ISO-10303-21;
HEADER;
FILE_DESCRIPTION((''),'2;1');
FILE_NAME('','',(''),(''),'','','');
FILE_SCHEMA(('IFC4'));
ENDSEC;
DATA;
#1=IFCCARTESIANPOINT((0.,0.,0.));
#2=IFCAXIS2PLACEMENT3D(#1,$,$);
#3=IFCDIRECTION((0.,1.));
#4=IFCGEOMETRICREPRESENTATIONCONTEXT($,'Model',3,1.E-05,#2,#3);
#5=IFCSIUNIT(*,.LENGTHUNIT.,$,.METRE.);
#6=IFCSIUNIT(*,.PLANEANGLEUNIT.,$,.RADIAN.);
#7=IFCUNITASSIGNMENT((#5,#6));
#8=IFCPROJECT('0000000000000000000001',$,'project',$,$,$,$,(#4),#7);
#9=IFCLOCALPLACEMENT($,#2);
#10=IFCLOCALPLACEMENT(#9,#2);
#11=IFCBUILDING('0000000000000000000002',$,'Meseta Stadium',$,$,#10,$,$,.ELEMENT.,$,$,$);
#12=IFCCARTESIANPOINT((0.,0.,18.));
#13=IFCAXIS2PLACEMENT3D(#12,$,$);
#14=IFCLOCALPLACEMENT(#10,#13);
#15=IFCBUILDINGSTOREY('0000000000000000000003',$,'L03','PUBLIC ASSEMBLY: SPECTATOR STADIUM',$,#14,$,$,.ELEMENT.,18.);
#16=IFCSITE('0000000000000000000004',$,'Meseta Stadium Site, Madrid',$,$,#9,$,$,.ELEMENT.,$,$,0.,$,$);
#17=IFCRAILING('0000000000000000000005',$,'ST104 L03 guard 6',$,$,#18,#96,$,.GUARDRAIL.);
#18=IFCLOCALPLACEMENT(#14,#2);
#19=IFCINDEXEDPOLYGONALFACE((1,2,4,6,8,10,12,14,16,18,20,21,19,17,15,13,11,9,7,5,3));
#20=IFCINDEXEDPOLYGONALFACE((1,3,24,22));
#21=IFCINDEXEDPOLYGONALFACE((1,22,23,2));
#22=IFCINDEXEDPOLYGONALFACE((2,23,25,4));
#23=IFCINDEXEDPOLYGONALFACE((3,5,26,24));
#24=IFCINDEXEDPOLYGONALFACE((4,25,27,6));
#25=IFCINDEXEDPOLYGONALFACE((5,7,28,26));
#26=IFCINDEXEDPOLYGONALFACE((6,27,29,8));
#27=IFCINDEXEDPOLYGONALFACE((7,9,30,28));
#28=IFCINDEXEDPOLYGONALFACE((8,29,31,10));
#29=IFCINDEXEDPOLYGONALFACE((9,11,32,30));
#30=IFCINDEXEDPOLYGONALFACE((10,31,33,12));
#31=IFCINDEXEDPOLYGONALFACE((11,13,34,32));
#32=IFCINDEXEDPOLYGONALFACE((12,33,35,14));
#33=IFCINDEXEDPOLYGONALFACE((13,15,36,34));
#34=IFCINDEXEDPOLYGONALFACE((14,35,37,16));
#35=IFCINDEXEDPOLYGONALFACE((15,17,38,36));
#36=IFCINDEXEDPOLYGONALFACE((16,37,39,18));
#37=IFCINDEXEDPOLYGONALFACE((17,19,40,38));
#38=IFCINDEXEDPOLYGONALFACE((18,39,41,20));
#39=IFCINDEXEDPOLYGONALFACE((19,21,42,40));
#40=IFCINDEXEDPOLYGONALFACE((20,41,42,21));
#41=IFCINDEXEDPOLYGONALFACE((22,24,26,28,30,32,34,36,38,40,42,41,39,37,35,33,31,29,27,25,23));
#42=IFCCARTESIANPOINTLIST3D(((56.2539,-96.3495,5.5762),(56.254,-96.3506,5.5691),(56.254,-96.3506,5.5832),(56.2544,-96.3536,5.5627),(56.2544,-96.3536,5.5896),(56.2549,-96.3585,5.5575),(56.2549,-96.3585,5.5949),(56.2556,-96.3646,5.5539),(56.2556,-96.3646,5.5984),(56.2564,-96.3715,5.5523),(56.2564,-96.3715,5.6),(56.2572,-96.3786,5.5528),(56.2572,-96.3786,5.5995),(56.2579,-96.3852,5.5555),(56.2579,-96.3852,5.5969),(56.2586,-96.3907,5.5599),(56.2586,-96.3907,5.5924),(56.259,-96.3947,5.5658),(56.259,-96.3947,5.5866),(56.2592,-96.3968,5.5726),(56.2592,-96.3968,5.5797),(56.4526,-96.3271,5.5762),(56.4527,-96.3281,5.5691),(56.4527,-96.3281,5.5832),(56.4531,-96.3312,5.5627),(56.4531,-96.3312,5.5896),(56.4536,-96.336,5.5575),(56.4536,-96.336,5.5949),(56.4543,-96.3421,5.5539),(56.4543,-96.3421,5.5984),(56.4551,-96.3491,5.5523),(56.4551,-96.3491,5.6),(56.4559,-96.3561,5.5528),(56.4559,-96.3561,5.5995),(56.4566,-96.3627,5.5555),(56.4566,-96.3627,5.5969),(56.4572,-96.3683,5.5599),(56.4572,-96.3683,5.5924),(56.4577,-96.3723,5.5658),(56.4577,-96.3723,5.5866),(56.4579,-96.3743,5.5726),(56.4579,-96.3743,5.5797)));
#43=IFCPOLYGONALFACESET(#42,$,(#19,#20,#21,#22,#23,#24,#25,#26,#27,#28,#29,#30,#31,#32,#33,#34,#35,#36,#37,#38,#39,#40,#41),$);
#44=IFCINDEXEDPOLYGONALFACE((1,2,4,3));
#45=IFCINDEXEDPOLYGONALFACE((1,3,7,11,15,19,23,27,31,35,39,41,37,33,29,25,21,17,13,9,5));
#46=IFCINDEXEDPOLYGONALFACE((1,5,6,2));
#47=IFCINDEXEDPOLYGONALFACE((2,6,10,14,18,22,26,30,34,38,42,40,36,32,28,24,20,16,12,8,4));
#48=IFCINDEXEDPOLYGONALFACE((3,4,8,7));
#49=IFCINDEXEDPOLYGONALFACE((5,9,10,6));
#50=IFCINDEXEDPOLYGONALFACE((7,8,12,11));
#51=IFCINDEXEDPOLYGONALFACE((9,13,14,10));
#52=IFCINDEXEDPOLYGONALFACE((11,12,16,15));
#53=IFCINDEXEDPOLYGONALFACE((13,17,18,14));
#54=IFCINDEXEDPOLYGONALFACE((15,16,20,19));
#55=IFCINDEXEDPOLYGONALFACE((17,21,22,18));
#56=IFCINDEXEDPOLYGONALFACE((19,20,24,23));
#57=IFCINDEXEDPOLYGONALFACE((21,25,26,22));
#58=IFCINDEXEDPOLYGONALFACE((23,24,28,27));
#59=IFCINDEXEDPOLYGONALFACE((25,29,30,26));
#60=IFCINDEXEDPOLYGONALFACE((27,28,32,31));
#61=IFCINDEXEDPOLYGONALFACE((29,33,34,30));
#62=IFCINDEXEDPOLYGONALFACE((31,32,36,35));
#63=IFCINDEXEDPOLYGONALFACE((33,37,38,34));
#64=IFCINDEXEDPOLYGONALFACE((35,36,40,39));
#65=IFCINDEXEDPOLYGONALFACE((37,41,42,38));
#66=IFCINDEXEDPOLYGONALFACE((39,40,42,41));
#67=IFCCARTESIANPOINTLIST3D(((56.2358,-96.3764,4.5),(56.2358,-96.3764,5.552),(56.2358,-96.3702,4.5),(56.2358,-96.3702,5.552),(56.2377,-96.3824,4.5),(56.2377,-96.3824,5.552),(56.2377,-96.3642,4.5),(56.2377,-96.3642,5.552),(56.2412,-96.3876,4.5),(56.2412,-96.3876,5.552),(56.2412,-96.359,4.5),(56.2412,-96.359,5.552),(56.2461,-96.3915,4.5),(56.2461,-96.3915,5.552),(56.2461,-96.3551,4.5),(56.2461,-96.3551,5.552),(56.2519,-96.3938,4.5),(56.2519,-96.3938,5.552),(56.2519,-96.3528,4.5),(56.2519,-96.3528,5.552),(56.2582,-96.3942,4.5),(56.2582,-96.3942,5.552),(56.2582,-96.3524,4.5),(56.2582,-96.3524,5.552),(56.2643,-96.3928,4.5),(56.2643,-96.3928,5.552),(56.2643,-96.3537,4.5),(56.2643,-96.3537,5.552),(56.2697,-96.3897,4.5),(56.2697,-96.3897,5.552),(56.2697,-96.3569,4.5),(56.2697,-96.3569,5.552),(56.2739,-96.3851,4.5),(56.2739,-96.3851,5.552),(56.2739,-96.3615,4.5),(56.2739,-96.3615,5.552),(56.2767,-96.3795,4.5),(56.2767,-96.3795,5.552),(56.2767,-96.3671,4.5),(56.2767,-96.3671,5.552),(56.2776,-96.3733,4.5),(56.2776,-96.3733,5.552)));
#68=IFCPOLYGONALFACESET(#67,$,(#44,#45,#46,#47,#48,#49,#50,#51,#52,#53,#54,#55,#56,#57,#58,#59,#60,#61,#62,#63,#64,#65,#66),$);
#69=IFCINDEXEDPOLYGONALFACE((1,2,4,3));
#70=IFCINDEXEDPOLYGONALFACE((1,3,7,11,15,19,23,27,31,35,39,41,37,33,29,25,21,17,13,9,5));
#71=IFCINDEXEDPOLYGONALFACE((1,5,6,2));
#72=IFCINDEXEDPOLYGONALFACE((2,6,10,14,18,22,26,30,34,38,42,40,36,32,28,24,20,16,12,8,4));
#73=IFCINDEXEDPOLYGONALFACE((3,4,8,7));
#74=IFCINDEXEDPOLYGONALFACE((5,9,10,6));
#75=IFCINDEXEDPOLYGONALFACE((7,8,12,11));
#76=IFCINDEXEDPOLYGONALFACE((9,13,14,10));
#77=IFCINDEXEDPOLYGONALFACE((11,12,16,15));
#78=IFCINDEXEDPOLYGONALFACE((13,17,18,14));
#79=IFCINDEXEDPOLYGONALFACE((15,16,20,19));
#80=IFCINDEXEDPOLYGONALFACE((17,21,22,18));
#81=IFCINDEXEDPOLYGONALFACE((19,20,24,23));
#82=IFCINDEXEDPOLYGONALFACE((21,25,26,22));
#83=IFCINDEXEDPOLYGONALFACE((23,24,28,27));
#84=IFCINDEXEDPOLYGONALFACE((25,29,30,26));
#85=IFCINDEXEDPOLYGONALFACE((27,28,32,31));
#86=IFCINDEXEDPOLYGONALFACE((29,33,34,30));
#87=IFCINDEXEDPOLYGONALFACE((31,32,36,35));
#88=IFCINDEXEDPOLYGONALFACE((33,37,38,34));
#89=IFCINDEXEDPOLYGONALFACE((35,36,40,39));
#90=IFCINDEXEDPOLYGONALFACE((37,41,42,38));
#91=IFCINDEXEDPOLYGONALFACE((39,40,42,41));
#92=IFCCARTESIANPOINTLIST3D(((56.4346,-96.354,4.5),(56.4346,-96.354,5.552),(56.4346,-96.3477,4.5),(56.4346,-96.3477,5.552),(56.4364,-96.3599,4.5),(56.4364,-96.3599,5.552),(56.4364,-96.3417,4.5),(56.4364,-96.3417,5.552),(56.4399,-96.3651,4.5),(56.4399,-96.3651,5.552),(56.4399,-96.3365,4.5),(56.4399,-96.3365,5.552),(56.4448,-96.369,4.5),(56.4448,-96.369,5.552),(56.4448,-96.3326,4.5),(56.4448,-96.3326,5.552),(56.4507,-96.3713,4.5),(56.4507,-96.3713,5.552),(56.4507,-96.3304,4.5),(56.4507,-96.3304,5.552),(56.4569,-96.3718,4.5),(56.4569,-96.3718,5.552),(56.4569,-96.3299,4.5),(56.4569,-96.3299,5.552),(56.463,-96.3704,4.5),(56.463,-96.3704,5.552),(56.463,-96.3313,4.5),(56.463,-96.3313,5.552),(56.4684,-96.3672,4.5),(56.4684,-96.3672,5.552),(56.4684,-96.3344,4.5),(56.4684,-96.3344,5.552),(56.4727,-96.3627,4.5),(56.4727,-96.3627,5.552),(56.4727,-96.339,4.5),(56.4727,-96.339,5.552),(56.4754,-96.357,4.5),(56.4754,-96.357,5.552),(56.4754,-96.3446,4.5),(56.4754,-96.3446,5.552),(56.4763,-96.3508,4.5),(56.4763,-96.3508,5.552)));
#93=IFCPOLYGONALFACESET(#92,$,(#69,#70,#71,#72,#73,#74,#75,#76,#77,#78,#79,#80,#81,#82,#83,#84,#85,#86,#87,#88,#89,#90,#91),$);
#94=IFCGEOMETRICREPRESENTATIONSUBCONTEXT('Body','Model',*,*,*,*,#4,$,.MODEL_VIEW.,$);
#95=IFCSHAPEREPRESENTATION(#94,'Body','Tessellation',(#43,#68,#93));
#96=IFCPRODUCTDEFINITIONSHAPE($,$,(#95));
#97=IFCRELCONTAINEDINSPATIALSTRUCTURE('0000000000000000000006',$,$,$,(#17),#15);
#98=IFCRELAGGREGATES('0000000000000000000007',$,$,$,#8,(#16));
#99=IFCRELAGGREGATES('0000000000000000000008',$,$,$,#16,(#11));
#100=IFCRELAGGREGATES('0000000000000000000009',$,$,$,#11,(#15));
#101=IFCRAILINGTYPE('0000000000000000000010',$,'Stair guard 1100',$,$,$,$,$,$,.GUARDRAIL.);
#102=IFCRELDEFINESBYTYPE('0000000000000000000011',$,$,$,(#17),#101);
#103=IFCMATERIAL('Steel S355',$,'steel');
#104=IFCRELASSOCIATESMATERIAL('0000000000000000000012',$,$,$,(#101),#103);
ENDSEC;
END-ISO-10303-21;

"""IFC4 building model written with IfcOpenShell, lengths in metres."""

from ifc_helpers import new_model, si_unit, direction, frame, origin, origin_2d, place, context, subcontext, project, spatial, circle, extrude, material, type_object, element, save


model = new_model("IFC4")

# Units and contexts
model_context = context("Model", 3, precision=1e-05, world=origin(), true_north=direction((0.0, 1.0)))
body_context = subcontext(model_context, "Body", "Model", "MODEL_VIEW")
ifc_project = project(units=[si_unit("LENGTHUNIT", "METRE"), si_unit("PLANEANGLEUNIT", "RADIAN")], contexts=[model_context])

# Site, building, storey
site_placement = place(None, origin())
site = spatial("IfcSite", under=ifc_project, at=site_placement, Name="Meseta Stadium Site, Madrid", CompositionType="ELEMENT", RefElevation=0.0)
building_placement = place(site_placement, origin())
building = spatial("IfcBuilding", under=site, at=building_placement, Name="Meseta Stadium", CompositionType="ELEMENT")
storey_placement = place(building_placement, frame((0.0, 0.0, 18.0)))
storey = spatial("IfcBuildingStorey", under=building, at=storey_placement, Name="L03", Description="PUBLIC ASSEMBLY: SPECTATOR STADIUM", CompositionType="ELEMENT", Elevation=18.0)

# Railing
ifc_material_1 = material(Name="Steel S355", Category="steel")
railing_type_1 = type_object("IfcRailingType", Name="Stair guard 1100", PredefinedType="GUARDRAIL", material=ifc_material_1)
railing_1_placement = place(storey_placement, frame((56.2566, -96.3733, 4.5)))
element("IfcRailing", 1, at=railing_1_placement, inside=storey, type_object=railing_type_1, Name="ST104 L03 guard 6", PredefinedType="GUARDRAIL", context=body_context, shape_type="SweptSolid", body=[
    extrude(circle(Radius=0.0239, at=origin_2d()), frame((0.0, 0.0, 1.0762), z_axis=(0.993674, 0.112307, 0.0), x_axis=(-0.112307, 0.993674, 0.0)), (0.0, 0.0, 1.0), 0.2),
    extrude(circle(Radius=0.021, at=origin_2d()), origin(), (0.0, 0.0, 1.0), 1.052),
    extrude(circle(Radius=0.021, at=origin_2d()), frame((0.1987, 0.0225, 0.0)), (0.0, 0.0, 1.0), 1.052),
])

save(model, "model.ifc")
